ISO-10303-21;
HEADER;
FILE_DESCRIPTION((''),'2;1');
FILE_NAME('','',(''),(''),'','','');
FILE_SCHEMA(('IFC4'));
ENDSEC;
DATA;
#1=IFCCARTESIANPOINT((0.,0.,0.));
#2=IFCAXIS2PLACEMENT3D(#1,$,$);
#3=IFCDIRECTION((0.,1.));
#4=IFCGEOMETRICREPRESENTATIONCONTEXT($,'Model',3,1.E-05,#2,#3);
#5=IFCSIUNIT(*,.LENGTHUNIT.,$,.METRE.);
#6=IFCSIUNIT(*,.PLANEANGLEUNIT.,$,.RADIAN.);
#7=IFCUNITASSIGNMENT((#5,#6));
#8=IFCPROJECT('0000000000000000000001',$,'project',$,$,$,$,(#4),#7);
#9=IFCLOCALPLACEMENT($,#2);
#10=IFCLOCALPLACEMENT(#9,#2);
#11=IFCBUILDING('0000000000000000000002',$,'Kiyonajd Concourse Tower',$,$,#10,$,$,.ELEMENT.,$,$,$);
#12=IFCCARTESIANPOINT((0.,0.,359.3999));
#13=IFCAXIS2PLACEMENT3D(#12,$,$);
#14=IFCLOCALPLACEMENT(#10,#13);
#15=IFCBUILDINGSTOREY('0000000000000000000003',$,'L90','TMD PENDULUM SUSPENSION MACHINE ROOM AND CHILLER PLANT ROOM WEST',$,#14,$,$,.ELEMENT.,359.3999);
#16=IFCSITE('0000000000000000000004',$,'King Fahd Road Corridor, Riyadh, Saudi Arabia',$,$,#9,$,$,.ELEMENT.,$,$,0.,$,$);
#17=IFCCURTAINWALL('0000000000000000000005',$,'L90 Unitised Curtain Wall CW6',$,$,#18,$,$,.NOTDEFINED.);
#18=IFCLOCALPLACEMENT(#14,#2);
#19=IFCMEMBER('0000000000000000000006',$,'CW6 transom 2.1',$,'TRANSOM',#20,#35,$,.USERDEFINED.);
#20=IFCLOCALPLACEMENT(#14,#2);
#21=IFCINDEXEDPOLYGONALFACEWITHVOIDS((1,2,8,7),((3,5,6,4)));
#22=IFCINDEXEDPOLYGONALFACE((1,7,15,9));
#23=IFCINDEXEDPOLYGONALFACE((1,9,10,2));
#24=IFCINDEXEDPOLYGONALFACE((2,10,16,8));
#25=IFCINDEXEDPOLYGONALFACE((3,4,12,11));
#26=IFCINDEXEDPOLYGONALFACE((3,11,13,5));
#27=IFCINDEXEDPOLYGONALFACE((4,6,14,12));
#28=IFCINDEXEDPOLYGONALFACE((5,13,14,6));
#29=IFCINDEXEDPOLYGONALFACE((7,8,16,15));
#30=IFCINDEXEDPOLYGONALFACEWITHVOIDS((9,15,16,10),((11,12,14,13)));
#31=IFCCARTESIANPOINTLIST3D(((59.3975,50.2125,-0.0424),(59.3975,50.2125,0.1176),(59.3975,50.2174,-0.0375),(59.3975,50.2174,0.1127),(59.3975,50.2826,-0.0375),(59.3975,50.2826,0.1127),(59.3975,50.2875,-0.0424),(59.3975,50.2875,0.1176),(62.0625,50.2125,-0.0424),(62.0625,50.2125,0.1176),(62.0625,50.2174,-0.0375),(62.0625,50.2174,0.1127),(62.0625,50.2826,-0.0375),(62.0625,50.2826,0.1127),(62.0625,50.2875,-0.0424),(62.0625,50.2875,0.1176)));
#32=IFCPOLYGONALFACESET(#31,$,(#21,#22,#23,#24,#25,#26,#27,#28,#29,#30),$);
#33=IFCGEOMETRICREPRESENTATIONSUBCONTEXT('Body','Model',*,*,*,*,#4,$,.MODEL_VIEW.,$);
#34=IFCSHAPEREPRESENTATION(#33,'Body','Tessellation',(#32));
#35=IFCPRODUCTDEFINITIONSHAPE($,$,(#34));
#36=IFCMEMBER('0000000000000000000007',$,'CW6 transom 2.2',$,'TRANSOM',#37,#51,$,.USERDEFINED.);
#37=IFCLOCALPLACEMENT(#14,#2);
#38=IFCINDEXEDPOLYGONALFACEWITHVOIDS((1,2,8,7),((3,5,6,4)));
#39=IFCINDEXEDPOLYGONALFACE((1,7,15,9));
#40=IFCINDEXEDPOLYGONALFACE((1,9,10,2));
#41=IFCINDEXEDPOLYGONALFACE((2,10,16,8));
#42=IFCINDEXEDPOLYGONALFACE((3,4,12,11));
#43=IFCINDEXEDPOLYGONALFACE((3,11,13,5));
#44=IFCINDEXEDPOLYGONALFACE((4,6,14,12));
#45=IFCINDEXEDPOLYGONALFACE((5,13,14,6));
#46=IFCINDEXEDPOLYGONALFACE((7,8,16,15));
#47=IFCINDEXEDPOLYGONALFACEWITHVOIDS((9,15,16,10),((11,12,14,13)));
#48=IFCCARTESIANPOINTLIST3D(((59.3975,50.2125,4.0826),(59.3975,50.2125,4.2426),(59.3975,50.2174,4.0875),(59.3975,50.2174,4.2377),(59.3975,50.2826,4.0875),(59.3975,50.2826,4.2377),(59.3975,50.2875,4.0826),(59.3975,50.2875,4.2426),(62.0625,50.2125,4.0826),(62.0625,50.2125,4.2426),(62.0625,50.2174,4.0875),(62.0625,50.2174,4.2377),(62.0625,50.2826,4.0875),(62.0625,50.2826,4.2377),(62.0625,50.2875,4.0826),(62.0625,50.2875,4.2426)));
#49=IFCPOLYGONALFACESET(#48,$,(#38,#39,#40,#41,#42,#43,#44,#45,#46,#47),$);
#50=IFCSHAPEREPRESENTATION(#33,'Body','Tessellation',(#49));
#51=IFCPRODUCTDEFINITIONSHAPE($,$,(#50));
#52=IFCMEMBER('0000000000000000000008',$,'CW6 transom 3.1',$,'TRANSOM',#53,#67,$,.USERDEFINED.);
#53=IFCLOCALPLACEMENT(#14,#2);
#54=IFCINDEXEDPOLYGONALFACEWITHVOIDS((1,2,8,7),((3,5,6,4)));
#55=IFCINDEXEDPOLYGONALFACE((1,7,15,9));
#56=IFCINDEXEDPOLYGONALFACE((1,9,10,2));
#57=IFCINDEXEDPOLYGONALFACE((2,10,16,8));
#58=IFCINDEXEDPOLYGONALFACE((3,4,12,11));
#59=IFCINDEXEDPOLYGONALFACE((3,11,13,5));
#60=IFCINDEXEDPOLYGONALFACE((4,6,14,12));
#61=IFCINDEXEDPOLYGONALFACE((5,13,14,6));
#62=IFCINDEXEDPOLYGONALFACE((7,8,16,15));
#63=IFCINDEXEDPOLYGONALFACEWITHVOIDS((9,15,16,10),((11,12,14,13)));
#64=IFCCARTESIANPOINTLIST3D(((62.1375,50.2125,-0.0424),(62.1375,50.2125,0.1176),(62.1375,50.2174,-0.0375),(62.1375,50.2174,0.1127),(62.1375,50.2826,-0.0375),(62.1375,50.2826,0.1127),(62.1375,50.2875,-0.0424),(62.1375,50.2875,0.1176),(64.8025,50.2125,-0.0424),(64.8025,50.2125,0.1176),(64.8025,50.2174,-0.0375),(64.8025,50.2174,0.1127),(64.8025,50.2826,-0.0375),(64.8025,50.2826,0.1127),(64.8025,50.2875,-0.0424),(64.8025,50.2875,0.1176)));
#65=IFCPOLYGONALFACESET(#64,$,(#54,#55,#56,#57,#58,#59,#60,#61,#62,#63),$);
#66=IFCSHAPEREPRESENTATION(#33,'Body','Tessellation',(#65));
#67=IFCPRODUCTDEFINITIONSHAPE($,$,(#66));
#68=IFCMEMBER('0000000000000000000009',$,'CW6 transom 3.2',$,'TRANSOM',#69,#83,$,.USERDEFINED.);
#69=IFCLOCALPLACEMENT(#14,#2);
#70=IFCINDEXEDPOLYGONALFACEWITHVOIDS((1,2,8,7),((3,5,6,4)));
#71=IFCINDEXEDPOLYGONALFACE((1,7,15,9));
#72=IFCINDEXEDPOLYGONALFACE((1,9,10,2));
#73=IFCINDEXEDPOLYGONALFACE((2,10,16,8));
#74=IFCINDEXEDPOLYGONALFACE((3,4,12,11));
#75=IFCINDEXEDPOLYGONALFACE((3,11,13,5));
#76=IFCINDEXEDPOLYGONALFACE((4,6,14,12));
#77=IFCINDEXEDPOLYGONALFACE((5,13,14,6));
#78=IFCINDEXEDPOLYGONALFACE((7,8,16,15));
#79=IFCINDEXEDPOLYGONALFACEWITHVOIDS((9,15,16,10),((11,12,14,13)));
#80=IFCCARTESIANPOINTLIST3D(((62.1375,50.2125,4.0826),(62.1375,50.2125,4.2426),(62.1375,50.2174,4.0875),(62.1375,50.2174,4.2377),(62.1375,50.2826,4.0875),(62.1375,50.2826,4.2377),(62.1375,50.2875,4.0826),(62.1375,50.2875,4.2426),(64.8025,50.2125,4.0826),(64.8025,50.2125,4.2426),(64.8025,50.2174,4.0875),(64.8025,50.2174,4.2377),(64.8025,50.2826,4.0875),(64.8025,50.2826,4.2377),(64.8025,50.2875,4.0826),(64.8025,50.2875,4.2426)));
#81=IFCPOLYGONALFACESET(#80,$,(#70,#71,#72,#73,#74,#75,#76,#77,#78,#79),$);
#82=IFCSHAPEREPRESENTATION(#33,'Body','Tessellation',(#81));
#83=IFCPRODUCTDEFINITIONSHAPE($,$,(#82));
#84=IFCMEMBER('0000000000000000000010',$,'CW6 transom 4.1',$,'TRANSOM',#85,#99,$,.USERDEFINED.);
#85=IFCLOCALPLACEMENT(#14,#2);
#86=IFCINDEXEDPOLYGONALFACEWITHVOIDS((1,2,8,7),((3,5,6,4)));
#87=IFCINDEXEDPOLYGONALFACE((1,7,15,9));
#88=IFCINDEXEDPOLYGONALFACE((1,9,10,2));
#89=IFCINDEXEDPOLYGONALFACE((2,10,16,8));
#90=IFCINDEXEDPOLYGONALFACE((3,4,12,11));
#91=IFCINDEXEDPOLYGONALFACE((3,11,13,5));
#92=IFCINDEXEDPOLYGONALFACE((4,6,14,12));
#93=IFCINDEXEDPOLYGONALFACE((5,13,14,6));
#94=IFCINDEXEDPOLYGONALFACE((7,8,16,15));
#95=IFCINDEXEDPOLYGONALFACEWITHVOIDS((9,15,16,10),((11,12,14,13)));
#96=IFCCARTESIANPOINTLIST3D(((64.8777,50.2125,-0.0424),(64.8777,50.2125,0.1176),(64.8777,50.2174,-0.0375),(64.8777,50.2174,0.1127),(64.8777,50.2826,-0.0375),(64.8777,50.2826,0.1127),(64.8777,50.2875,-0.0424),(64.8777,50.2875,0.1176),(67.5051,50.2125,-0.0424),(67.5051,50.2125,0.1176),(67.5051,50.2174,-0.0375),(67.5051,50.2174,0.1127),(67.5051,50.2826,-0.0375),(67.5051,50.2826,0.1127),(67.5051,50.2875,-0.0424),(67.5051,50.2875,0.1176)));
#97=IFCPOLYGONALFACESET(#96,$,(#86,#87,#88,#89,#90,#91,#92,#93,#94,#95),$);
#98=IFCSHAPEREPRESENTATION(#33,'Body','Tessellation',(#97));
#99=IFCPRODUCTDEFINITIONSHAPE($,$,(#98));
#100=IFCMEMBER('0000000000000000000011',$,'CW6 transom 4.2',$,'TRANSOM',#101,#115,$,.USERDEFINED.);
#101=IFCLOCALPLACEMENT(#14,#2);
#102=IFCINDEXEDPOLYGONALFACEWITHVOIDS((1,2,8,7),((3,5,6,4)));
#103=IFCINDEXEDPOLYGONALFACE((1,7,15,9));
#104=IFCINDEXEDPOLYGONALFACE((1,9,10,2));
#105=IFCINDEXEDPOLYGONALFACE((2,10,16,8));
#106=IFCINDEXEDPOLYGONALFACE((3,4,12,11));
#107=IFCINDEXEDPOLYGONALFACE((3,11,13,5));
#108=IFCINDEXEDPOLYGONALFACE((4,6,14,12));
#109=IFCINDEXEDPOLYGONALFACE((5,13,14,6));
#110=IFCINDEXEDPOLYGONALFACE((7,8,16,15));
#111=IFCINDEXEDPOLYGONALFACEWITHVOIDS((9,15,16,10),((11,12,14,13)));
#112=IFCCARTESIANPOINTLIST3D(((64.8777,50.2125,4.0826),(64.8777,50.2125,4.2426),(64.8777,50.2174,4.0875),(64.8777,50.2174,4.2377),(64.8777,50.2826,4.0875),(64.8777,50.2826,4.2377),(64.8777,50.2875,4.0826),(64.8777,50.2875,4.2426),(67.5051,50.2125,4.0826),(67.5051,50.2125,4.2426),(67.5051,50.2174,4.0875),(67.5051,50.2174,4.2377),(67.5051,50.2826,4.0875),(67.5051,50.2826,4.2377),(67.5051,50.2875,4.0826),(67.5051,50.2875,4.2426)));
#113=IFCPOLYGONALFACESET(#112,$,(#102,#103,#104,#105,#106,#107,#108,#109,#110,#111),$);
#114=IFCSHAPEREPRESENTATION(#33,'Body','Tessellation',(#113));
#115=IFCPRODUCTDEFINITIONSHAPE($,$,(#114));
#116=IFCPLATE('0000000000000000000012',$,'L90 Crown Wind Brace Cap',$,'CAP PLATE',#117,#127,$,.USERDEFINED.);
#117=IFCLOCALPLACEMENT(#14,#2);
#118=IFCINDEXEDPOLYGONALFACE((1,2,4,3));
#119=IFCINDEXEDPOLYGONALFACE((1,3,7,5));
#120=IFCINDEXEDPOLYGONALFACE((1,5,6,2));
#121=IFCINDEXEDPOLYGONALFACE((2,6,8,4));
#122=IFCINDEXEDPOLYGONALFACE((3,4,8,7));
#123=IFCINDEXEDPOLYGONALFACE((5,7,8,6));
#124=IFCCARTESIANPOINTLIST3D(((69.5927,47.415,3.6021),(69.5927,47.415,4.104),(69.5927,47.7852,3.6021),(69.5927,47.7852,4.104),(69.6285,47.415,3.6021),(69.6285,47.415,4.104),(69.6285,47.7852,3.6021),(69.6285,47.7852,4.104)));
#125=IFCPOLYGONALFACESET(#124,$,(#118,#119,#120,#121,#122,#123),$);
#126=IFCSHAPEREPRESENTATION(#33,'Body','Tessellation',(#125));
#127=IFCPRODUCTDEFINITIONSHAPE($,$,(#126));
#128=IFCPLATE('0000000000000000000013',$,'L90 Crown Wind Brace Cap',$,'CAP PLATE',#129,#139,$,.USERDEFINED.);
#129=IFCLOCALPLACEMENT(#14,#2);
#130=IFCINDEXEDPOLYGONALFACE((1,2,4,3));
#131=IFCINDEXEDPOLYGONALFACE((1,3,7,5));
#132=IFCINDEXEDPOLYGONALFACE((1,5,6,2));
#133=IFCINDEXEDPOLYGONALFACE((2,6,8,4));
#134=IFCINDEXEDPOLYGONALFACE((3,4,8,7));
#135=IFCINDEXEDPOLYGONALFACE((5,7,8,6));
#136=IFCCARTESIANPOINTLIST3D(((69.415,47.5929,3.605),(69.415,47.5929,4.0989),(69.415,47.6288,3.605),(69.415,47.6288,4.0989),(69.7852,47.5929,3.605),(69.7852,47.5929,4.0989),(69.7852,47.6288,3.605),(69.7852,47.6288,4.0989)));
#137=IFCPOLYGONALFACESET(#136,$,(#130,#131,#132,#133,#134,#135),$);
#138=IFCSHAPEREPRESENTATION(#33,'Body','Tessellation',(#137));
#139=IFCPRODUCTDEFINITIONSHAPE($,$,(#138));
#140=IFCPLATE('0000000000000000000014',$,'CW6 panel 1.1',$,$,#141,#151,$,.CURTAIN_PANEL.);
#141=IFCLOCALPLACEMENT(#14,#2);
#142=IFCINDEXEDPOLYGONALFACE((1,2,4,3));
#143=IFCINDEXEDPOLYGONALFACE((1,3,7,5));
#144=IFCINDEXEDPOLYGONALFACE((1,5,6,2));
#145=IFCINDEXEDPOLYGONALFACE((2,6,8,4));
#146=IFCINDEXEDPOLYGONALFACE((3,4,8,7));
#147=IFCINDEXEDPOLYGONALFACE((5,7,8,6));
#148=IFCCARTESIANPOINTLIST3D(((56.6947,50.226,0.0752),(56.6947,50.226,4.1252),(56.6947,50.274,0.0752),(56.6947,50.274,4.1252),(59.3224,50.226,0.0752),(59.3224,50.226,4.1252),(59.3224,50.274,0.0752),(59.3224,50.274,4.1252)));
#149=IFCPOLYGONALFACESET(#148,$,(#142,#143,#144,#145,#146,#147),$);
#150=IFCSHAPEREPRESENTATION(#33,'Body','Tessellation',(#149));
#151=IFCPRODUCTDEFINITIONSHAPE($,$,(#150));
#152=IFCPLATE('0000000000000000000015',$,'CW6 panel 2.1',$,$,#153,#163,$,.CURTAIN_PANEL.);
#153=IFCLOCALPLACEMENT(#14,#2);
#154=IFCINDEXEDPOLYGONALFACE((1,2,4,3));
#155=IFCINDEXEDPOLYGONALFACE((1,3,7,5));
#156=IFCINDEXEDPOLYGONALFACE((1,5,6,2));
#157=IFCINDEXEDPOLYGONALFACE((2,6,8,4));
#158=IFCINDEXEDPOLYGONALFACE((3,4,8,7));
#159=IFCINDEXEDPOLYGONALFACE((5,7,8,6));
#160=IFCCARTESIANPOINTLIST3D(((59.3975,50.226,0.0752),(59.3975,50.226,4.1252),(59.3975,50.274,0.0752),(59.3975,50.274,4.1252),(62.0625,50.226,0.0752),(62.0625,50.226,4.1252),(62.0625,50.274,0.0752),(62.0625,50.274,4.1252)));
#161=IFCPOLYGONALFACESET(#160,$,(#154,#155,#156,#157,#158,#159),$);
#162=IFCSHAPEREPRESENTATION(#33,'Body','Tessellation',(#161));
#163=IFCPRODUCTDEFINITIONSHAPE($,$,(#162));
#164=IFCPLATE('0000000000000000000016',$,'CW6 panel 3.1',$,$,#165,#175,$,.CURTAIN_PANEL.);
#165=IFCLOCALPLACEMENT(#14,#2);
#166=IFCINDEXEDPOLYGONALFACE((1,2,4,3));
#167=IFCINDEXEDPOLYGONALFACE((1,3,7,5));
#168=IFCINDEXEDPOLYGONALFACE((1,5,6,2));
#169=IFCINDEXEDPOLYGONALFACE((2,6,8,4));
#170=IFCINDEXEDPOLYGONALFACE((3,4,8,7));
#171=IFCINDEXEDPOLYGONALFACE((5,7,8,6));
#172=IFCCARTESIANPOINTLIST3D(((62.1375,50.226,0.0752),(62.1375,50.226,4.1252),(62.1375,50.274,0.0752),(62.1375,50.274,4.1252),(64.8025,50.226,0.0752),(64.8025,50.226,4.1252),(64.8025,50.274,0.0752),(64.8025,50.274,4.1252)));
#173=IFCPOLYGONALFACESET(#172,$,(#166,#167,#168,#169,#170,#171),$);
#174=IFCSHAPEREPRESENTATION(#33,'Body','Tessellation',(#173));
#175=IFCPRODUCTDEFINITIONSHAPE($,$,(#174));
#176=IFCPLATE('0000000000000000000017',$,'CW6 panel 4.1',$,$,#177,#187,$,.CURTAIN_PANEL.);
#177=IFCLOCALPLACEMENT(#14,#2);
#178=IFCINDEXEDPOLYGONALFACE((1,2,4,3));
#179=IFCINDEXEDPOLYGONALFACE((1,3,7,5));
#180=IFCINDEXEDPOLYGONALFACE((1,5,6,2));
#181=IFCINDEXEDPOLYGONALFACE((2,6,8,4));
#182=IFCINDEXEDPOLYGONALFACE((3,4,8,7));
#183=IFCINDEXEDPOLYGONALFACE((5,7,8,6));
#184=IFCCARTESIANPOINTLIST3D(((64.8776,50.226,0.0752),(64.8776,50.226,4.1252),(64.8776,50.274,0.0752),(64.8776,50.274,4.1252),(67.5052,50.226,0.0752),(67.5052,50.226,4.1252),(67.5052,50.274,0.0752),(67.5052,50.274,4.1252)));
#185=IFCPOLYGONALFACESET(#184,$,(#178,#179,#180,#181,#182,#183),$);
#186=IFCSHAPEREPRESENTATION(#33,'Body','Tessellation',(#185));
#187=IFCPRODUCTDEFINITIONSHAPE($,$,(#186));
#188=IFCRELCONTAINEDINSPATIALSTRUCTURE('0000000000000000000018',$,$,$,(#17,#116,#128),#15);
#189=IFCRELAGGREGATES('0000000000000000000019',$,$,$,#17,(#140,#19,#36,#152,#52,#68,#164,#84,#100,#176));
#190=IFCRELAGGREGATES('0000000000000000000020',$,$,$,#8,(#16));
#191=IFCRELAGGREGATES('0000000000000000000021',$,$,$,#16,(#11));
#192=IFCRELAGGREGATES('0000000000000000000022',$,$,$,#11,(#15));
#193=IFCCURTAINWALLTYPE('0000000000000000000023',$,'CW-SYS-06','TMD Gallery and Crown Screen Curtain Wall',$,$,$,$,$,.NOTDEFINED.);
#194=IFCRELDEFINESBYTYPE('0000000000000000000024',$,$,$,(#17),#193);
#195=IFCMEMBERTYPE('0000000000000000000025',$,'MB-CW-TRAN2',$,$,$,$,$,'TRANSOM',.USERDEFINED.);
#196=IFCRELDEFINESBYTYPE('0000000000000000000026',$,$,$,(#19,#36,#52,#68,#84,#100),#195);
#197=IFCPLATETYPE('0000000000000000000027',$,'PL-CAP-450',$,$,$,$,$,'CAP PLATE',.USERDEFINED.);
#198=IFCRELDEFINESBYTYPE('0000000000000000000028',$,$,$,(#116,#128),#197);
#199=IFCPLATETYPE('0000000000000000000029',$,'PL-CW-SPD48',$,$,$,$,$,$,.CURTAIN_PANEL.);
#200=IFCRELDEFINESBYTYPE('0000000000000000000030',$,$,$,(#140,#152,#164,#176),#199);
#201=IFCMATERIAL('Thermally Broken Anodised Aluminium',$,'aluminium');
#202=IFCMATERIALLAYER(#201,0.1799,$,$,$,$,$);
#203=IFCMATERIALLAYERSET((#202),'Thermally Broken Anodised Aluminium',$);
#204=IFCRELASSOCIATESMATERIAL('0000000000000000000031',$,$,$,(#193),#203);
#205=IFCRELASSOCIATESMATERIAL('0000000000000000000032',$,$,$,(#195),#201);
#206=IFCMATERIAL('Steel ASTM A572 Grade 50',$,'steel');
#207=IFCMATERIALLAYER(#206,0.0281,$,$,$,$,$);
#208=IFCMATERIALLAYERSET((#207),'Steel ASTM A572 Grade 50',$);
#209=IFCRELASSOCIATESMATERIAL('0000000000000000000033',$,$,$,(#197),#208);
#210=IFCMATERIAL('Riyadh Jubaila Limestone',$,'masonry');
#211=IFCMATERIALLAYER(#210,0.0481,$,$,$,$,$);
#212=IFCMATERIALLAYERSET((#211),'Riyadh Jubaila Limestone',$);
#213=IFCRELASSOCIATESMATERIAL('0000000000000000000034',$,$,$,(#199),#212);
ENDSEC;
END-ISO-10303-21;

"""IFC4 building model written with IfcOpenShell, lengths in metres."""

from ifc_helpers import new_model, si_unit, direction, frame, origin, origin_2d, place, context, subcontext, project, spatial, rectangle, hollow_rectangle, extrude, material, layer, layer_set, material_profile, profile_set, type_object, element, aggregate, save


model = new_model("IFC4")

# Units and contexts
model_context = context("Model", 3, precision=1e-05, world=origin(), true_north=direction((0.0, 1.0)))
body_context = subcontext(model_context, "Body", "Model", "MODEL_VIEW")
ifc_project = project(units=[si_unit("LENGTHUNIT", "METRE"), si_unit("PLANEANGLEUNIT", "RADIAN")], contexts=[model_context])

# Site, building, storey
site_placement = place(None, origin())
site = spatial("IfcSite", under=ifc_project, at=site_placement, Name="King Fahd Road Corridor, Riyadh, Saudi Arabia", CompositionType="ELEMENT", RefElevation=0.0)
building_placement = place(site_placement, origin())
building = spatial("IfcBuilding", under=site, at=building_placement, Name="Kiyonajd Concourse Tower", CompositionType="ELEMENT")
storey_placement = place(building_placement, frame((0.0, 0.0, 359.3999)))
storey = spatial("IfcBuildingStorey", under=building, at=storey_placement, Name="L90", Description="TMD PENDULUM SUSPENSION MACHINE ROOM AND CHILLER PLANT ROOM WEST", CompositionType="ELEMENT", Elevation=359.3999)

# Shared definitions
ifc_material_1 = material(Name="Steel ASTM A572 Grade 50", Category="steel")

# Curtain wall, members
ifc_material_2 = material(Name="Thermally Broken Anodised Aluminium", Category="aluminium")
ifc_layer_1 = layer(ifc_material_2, 0.1799)
ifc_layer_set_1 = layer_set([ifc_layer_1], Name="Thermally Broken Anodised Aluminium")
curtain_wall_type = type_object("IfcCurtainWallType", Name="CW-SYS-06", Description="TMD Gallery and Crown Screen Curtain Wall", PredefinedType="NOTDEFINED", material=ifc_layer_set_1)
curtain_wall_placement = place(storey_placement, origin())
curtain_wall = element("IfcCurtainWall", 1, at=curtain_wall_placement, inside=storey, type_object=curtain_wall_type, Name="L90 Unitised Curtain Wall CW6", PredefinedType="NOTDEFINED")
ifc_material_profile_1 = material_profile(ifc_material_2, hollow_rectangle(XDim=0.075, YDim=0.1599, WallThickness=0.0049, at=origin_2d()), Name="TRAN-75x160")
ifc_profile_set_1 = profile_set([ifc_material_profile_1], Name="Thermally Broken Anodised Aluminium")
member_type_1 = type_object("IfcMemberType", Name="MB-CW-TRAN2", ElementType="TRANSOM", PredefinedType="USERDEFINED", material=ifc_profile_set_1)
member_1_placement = place(storey_placement, frame((59.3975, 50.25, 0.0376), z_axis=(1.0, 0.0, 0.0), x_axis=(0.0, 1.0, 0.0)))
member_1 = element("IfcMember", 2, at=member_1_placement, type_object=member_type_1, Name="CW6 transom 2.1", ObjectType="TRANSOM", PredefinedType="USERDEFINED", context=body_context, shape_type="SweptSolid", body=[
    extrude(hollow_rectangle(XDim=0.075, YDim=0.1599, WallThickness=0.0049, at=origin_2d()), origin(), (0.0, 0.0, 1.0), 2.665),
])
member_2_placement = place(storey_placement, frame((59.3975, 50.25, 4.1626), z_axis=(1.0, 0.0, 0.0), x_axis=(0.0, 1.0, 0.0)))
member_2 = element("IfcMember", 3, at=member_2_placement, type_object=member_type_1, Name="CW6 transom 2.2", ObjectType="TRANSOM", PredefinedType="USERDEFINED", context=body_context, shape_type="SweptSolid", body=[
    extrude(hollow_rectangle(XDim=0.075, YDim=0.1599, WallThickness=0.0049, at=origin_2d()), origin(), (0.0, 0.0, 1.0), 2.665),
])
member_3_placement = place(storey_placement, frame((62.1375, 50.25, 0.0376), z_axis=(1.0, 0.0, 0.0), x_axis=(0.0, 1.0, 0.0)))
member_3 = element("IfcMember", 4, at=member_3_placement, type_object=member_type_1, Name="CW6 transom 3.1", ObjectType="TRANSOM", PredefinedType="USERDEFINED", context=body_context, shape_type="SweptSolid", body=[
    extrude(hollow_rectangle(XDim=0.075, YDim=0.1599, WallThickness=0.0049, at=origin_2d()), origin(), (0.0, 0.0, 1.0), 2.665),
])
member_4_placement = place(storey_placement, frame((62.1375, 50.25, 4.1626), z_axis=(1.0, 0.0, 0.0), x_axis=(0.0, 1.0, 0.0)))
member_4 = element("IfcMember", 5, at=member_4_placement, type_object=member_type_1, Name="CW6 transom 3.2", ObjectType="TRANSOM", PredefinedType="USERDEFINED", context=body_context, shape_type="SweptSolid", body=[
    extrude(hollow_rectangle(XDim=0.075, YDim=0.1599, WallThickness=0.0049, at=origin_2d()), origin(), (0.0, 0.0, 1.0), 2.665),
])
member_5_placement = place(storey_placement, frame((64.8777, 50.25, 0.0376), z_axis=(1.0, 0.0, 0.0), x_axis=(0.0, 1.0, 0.0)))
member_5 = element("IfcMember", 6, at=member_5_placement, type_object=member_type_1, Name="CW6 transom 4.1", ObjectType="TRANSOM", PredefinedType="USERDEFINED", context=body_context, shape_type="SweptSolid", body=[
    extrude(hollow_rectangle(XDim=0.075, YDim=0.1599, WallThickness=0.0049, at=origin_2d()), origin(), (0.0, 0.0, 1.0), 2.6274),
])
member_6_placement = place(storey_placement, frame((64.8777, 50.25, 4.1626), z_axis=(1.0, 0.0, 0.0), x_axis=(0.0, 1.0, 0.0)))
member_6 = element("IfcMember", 7, at=member_6_placement, type_object=member_type_1, Name="CW6 transom 4.2", ObjectType="TRANSOM", PredefinedType="USERDEFINED", context=body_context, shape_type="SweptSolid", body=[
    extrude(hollow_rectangle(XDim=0.075, YDim=0.1599, WallThickness=0.0049, at=origin_2d()), origin(), (0.0, 0.0, 1.0), 2.6274),
])

# Plates
ifc_layer_2 = layer(ifc_material_1, 0.0281)
ifc_layer_set_2 = layer_set([ifc_layer_2], Name="Steel ASTM A572 Grade 50")
plate_type_1 = type_object("IfcPlateType", Name="PL-CAP-450", ElementType="CAP PLATE", PredefinedType="USERDEFINED", material=ifc_layer_set_2)
plate_1_placement = place(storey_placement, frame((69.6106, 47.6001, 3.6021), z_axis=(0.0, 0.0, 1.0), x_axis=(1.0, 0.0, 0.0)))
element("IfcPlate", 8, at=plate_1_placement, inside=storey, type_object=plate_type_1, Name="L90 Crown Wind Brace Cap", ObjectType="CAP PLATE", PredefinedType="USERDEFINED", context=body_context, shape_type="SweptSolid", body=[
    extrude(rectangle(XDim=0.0359, YDim=0.3701, at=origin_2d()), origin(), (0.0, 0.0, 1.0), 0.502),
])
plate_2_placement = place(storey_placement, frame((69.6001, 47.6108, 3.605), z_axis=(0.0, 0.0, 1.0), x_axis=(0.0, 1.0, 0.0)))
element("IfcPlate", 9, at=plate_2_placement, inside=storey, type_object=plate_type_1, Name="L90 Crown Wind Brace Cap", ObjectType="CAP PLATE", PredefinedType="USERDEFINED", context=body_context, shape_type="SweptSolid", body=[
    extrude(rectangle(XDim=0.0359, YDim=0.3701, at=origin_2d()), origin(), (0.0, 0.0, 1.0), 0.4939),
])

# Plates
ifc_material_3 = material(Name="Riyadh Jubaila Limestone", Category="masonry")
ifc_layer_3 = layer(ifc_material_3, 0.0481)
ifc_layer_set_3 = layer_set([ifc_layer_3], Name="Riyadh Jubaila Limestone")
plate_type_2 = type_object("IfcPlateType", Name="PL-CW-SPD48", PredefinedType="CURTAIN_PANEL", material=ifc_layer_set_3)
plate_3_placement = place(storey_placement, frame((58.0085, 50.25, 0.0752), z_axis=(0.0, 0.0, 1.0), x_axis=(1.0, 0.0, 0.0)))
plate_3 = element("IfcPlate", 10, at=plate_3_placement, type_object=plate_type_2, Name="CW6 panel 1.1", PredefinedType="CURTAIN_PANEL", context=body_context, shape_type="SweptSolid", body=[
    extrude(rectangle(XDim=2.6277, YDim=0.0481, at=origin_2d()), origin(), (0.0, 0.0, 1.0), 4.05),
])
plate_4_placement = place(storey_placement, frame((60.73, 50.25, 0.0752), z_axis=(0.0, 0.0, 1.0), x_axis=(1.0, 0.0, 0.0)))
plate_4 = element("IfcPlate", 11, at=plate_4_placement, type_object=plate_type_2, Name="CW6 panel 2.1", PredefinedType="CURTAIN_PANEL", context=body_context, shape_type="SweptSolid", body=[
    extrude(rectangle(XDim=2.665, YDim=0.0481, at=origin_2d()), origin(), (0.0, 0.0, 1.0), 4.05),
])
plate_5_placement = place(storey_placement, frame((63.47, 50.25, 0.0752), z_axis=(0.0, 0.0, 1.0), x_axis=(1.0, 0.0, 0.0)))
plate_5 = element("IfcPlate", 12, at=plate_5_placement, type_object=plate_type_2, Name="CW6 panel 3.1", PredefinedType="CURTAIN_PANEL", context=body_context, shape_type="SweptSolid", body=[
    extrude(rectangle(XDim=2.665, YDim=0.0481, at=origin_2d()), origin(), (0.0, 0.0, 1.0), 4.05),
])
plate_6_placement = place(storey_placement, frame((66.1914, 50.25, 0.0752), z_axis=(0.0, 0.0, 1.0), x_axis=(1.0, 0.0, 0.0)))
plate_6 = element("IfcPlate", 13, at=plate_6_placement, type_object=plate_type_2, Name="CW6 panel 4.1", PredefinedType="CURTAIN_PANEL", context=body_context, shape_type="SweptSolid", body=[
    extrude(rectangle(XDim=2.6277, YDim=0.0481, at=origin_2d()), origin(), (0.0, 0.0, 1.0), 4.05),
])
aggregate(curtain_wall, [plate_3, member_1, member_2, plate_4, member_3, member_4, plate_5, member_5, member_6, plate_6])

save(model, "model.ifc")
